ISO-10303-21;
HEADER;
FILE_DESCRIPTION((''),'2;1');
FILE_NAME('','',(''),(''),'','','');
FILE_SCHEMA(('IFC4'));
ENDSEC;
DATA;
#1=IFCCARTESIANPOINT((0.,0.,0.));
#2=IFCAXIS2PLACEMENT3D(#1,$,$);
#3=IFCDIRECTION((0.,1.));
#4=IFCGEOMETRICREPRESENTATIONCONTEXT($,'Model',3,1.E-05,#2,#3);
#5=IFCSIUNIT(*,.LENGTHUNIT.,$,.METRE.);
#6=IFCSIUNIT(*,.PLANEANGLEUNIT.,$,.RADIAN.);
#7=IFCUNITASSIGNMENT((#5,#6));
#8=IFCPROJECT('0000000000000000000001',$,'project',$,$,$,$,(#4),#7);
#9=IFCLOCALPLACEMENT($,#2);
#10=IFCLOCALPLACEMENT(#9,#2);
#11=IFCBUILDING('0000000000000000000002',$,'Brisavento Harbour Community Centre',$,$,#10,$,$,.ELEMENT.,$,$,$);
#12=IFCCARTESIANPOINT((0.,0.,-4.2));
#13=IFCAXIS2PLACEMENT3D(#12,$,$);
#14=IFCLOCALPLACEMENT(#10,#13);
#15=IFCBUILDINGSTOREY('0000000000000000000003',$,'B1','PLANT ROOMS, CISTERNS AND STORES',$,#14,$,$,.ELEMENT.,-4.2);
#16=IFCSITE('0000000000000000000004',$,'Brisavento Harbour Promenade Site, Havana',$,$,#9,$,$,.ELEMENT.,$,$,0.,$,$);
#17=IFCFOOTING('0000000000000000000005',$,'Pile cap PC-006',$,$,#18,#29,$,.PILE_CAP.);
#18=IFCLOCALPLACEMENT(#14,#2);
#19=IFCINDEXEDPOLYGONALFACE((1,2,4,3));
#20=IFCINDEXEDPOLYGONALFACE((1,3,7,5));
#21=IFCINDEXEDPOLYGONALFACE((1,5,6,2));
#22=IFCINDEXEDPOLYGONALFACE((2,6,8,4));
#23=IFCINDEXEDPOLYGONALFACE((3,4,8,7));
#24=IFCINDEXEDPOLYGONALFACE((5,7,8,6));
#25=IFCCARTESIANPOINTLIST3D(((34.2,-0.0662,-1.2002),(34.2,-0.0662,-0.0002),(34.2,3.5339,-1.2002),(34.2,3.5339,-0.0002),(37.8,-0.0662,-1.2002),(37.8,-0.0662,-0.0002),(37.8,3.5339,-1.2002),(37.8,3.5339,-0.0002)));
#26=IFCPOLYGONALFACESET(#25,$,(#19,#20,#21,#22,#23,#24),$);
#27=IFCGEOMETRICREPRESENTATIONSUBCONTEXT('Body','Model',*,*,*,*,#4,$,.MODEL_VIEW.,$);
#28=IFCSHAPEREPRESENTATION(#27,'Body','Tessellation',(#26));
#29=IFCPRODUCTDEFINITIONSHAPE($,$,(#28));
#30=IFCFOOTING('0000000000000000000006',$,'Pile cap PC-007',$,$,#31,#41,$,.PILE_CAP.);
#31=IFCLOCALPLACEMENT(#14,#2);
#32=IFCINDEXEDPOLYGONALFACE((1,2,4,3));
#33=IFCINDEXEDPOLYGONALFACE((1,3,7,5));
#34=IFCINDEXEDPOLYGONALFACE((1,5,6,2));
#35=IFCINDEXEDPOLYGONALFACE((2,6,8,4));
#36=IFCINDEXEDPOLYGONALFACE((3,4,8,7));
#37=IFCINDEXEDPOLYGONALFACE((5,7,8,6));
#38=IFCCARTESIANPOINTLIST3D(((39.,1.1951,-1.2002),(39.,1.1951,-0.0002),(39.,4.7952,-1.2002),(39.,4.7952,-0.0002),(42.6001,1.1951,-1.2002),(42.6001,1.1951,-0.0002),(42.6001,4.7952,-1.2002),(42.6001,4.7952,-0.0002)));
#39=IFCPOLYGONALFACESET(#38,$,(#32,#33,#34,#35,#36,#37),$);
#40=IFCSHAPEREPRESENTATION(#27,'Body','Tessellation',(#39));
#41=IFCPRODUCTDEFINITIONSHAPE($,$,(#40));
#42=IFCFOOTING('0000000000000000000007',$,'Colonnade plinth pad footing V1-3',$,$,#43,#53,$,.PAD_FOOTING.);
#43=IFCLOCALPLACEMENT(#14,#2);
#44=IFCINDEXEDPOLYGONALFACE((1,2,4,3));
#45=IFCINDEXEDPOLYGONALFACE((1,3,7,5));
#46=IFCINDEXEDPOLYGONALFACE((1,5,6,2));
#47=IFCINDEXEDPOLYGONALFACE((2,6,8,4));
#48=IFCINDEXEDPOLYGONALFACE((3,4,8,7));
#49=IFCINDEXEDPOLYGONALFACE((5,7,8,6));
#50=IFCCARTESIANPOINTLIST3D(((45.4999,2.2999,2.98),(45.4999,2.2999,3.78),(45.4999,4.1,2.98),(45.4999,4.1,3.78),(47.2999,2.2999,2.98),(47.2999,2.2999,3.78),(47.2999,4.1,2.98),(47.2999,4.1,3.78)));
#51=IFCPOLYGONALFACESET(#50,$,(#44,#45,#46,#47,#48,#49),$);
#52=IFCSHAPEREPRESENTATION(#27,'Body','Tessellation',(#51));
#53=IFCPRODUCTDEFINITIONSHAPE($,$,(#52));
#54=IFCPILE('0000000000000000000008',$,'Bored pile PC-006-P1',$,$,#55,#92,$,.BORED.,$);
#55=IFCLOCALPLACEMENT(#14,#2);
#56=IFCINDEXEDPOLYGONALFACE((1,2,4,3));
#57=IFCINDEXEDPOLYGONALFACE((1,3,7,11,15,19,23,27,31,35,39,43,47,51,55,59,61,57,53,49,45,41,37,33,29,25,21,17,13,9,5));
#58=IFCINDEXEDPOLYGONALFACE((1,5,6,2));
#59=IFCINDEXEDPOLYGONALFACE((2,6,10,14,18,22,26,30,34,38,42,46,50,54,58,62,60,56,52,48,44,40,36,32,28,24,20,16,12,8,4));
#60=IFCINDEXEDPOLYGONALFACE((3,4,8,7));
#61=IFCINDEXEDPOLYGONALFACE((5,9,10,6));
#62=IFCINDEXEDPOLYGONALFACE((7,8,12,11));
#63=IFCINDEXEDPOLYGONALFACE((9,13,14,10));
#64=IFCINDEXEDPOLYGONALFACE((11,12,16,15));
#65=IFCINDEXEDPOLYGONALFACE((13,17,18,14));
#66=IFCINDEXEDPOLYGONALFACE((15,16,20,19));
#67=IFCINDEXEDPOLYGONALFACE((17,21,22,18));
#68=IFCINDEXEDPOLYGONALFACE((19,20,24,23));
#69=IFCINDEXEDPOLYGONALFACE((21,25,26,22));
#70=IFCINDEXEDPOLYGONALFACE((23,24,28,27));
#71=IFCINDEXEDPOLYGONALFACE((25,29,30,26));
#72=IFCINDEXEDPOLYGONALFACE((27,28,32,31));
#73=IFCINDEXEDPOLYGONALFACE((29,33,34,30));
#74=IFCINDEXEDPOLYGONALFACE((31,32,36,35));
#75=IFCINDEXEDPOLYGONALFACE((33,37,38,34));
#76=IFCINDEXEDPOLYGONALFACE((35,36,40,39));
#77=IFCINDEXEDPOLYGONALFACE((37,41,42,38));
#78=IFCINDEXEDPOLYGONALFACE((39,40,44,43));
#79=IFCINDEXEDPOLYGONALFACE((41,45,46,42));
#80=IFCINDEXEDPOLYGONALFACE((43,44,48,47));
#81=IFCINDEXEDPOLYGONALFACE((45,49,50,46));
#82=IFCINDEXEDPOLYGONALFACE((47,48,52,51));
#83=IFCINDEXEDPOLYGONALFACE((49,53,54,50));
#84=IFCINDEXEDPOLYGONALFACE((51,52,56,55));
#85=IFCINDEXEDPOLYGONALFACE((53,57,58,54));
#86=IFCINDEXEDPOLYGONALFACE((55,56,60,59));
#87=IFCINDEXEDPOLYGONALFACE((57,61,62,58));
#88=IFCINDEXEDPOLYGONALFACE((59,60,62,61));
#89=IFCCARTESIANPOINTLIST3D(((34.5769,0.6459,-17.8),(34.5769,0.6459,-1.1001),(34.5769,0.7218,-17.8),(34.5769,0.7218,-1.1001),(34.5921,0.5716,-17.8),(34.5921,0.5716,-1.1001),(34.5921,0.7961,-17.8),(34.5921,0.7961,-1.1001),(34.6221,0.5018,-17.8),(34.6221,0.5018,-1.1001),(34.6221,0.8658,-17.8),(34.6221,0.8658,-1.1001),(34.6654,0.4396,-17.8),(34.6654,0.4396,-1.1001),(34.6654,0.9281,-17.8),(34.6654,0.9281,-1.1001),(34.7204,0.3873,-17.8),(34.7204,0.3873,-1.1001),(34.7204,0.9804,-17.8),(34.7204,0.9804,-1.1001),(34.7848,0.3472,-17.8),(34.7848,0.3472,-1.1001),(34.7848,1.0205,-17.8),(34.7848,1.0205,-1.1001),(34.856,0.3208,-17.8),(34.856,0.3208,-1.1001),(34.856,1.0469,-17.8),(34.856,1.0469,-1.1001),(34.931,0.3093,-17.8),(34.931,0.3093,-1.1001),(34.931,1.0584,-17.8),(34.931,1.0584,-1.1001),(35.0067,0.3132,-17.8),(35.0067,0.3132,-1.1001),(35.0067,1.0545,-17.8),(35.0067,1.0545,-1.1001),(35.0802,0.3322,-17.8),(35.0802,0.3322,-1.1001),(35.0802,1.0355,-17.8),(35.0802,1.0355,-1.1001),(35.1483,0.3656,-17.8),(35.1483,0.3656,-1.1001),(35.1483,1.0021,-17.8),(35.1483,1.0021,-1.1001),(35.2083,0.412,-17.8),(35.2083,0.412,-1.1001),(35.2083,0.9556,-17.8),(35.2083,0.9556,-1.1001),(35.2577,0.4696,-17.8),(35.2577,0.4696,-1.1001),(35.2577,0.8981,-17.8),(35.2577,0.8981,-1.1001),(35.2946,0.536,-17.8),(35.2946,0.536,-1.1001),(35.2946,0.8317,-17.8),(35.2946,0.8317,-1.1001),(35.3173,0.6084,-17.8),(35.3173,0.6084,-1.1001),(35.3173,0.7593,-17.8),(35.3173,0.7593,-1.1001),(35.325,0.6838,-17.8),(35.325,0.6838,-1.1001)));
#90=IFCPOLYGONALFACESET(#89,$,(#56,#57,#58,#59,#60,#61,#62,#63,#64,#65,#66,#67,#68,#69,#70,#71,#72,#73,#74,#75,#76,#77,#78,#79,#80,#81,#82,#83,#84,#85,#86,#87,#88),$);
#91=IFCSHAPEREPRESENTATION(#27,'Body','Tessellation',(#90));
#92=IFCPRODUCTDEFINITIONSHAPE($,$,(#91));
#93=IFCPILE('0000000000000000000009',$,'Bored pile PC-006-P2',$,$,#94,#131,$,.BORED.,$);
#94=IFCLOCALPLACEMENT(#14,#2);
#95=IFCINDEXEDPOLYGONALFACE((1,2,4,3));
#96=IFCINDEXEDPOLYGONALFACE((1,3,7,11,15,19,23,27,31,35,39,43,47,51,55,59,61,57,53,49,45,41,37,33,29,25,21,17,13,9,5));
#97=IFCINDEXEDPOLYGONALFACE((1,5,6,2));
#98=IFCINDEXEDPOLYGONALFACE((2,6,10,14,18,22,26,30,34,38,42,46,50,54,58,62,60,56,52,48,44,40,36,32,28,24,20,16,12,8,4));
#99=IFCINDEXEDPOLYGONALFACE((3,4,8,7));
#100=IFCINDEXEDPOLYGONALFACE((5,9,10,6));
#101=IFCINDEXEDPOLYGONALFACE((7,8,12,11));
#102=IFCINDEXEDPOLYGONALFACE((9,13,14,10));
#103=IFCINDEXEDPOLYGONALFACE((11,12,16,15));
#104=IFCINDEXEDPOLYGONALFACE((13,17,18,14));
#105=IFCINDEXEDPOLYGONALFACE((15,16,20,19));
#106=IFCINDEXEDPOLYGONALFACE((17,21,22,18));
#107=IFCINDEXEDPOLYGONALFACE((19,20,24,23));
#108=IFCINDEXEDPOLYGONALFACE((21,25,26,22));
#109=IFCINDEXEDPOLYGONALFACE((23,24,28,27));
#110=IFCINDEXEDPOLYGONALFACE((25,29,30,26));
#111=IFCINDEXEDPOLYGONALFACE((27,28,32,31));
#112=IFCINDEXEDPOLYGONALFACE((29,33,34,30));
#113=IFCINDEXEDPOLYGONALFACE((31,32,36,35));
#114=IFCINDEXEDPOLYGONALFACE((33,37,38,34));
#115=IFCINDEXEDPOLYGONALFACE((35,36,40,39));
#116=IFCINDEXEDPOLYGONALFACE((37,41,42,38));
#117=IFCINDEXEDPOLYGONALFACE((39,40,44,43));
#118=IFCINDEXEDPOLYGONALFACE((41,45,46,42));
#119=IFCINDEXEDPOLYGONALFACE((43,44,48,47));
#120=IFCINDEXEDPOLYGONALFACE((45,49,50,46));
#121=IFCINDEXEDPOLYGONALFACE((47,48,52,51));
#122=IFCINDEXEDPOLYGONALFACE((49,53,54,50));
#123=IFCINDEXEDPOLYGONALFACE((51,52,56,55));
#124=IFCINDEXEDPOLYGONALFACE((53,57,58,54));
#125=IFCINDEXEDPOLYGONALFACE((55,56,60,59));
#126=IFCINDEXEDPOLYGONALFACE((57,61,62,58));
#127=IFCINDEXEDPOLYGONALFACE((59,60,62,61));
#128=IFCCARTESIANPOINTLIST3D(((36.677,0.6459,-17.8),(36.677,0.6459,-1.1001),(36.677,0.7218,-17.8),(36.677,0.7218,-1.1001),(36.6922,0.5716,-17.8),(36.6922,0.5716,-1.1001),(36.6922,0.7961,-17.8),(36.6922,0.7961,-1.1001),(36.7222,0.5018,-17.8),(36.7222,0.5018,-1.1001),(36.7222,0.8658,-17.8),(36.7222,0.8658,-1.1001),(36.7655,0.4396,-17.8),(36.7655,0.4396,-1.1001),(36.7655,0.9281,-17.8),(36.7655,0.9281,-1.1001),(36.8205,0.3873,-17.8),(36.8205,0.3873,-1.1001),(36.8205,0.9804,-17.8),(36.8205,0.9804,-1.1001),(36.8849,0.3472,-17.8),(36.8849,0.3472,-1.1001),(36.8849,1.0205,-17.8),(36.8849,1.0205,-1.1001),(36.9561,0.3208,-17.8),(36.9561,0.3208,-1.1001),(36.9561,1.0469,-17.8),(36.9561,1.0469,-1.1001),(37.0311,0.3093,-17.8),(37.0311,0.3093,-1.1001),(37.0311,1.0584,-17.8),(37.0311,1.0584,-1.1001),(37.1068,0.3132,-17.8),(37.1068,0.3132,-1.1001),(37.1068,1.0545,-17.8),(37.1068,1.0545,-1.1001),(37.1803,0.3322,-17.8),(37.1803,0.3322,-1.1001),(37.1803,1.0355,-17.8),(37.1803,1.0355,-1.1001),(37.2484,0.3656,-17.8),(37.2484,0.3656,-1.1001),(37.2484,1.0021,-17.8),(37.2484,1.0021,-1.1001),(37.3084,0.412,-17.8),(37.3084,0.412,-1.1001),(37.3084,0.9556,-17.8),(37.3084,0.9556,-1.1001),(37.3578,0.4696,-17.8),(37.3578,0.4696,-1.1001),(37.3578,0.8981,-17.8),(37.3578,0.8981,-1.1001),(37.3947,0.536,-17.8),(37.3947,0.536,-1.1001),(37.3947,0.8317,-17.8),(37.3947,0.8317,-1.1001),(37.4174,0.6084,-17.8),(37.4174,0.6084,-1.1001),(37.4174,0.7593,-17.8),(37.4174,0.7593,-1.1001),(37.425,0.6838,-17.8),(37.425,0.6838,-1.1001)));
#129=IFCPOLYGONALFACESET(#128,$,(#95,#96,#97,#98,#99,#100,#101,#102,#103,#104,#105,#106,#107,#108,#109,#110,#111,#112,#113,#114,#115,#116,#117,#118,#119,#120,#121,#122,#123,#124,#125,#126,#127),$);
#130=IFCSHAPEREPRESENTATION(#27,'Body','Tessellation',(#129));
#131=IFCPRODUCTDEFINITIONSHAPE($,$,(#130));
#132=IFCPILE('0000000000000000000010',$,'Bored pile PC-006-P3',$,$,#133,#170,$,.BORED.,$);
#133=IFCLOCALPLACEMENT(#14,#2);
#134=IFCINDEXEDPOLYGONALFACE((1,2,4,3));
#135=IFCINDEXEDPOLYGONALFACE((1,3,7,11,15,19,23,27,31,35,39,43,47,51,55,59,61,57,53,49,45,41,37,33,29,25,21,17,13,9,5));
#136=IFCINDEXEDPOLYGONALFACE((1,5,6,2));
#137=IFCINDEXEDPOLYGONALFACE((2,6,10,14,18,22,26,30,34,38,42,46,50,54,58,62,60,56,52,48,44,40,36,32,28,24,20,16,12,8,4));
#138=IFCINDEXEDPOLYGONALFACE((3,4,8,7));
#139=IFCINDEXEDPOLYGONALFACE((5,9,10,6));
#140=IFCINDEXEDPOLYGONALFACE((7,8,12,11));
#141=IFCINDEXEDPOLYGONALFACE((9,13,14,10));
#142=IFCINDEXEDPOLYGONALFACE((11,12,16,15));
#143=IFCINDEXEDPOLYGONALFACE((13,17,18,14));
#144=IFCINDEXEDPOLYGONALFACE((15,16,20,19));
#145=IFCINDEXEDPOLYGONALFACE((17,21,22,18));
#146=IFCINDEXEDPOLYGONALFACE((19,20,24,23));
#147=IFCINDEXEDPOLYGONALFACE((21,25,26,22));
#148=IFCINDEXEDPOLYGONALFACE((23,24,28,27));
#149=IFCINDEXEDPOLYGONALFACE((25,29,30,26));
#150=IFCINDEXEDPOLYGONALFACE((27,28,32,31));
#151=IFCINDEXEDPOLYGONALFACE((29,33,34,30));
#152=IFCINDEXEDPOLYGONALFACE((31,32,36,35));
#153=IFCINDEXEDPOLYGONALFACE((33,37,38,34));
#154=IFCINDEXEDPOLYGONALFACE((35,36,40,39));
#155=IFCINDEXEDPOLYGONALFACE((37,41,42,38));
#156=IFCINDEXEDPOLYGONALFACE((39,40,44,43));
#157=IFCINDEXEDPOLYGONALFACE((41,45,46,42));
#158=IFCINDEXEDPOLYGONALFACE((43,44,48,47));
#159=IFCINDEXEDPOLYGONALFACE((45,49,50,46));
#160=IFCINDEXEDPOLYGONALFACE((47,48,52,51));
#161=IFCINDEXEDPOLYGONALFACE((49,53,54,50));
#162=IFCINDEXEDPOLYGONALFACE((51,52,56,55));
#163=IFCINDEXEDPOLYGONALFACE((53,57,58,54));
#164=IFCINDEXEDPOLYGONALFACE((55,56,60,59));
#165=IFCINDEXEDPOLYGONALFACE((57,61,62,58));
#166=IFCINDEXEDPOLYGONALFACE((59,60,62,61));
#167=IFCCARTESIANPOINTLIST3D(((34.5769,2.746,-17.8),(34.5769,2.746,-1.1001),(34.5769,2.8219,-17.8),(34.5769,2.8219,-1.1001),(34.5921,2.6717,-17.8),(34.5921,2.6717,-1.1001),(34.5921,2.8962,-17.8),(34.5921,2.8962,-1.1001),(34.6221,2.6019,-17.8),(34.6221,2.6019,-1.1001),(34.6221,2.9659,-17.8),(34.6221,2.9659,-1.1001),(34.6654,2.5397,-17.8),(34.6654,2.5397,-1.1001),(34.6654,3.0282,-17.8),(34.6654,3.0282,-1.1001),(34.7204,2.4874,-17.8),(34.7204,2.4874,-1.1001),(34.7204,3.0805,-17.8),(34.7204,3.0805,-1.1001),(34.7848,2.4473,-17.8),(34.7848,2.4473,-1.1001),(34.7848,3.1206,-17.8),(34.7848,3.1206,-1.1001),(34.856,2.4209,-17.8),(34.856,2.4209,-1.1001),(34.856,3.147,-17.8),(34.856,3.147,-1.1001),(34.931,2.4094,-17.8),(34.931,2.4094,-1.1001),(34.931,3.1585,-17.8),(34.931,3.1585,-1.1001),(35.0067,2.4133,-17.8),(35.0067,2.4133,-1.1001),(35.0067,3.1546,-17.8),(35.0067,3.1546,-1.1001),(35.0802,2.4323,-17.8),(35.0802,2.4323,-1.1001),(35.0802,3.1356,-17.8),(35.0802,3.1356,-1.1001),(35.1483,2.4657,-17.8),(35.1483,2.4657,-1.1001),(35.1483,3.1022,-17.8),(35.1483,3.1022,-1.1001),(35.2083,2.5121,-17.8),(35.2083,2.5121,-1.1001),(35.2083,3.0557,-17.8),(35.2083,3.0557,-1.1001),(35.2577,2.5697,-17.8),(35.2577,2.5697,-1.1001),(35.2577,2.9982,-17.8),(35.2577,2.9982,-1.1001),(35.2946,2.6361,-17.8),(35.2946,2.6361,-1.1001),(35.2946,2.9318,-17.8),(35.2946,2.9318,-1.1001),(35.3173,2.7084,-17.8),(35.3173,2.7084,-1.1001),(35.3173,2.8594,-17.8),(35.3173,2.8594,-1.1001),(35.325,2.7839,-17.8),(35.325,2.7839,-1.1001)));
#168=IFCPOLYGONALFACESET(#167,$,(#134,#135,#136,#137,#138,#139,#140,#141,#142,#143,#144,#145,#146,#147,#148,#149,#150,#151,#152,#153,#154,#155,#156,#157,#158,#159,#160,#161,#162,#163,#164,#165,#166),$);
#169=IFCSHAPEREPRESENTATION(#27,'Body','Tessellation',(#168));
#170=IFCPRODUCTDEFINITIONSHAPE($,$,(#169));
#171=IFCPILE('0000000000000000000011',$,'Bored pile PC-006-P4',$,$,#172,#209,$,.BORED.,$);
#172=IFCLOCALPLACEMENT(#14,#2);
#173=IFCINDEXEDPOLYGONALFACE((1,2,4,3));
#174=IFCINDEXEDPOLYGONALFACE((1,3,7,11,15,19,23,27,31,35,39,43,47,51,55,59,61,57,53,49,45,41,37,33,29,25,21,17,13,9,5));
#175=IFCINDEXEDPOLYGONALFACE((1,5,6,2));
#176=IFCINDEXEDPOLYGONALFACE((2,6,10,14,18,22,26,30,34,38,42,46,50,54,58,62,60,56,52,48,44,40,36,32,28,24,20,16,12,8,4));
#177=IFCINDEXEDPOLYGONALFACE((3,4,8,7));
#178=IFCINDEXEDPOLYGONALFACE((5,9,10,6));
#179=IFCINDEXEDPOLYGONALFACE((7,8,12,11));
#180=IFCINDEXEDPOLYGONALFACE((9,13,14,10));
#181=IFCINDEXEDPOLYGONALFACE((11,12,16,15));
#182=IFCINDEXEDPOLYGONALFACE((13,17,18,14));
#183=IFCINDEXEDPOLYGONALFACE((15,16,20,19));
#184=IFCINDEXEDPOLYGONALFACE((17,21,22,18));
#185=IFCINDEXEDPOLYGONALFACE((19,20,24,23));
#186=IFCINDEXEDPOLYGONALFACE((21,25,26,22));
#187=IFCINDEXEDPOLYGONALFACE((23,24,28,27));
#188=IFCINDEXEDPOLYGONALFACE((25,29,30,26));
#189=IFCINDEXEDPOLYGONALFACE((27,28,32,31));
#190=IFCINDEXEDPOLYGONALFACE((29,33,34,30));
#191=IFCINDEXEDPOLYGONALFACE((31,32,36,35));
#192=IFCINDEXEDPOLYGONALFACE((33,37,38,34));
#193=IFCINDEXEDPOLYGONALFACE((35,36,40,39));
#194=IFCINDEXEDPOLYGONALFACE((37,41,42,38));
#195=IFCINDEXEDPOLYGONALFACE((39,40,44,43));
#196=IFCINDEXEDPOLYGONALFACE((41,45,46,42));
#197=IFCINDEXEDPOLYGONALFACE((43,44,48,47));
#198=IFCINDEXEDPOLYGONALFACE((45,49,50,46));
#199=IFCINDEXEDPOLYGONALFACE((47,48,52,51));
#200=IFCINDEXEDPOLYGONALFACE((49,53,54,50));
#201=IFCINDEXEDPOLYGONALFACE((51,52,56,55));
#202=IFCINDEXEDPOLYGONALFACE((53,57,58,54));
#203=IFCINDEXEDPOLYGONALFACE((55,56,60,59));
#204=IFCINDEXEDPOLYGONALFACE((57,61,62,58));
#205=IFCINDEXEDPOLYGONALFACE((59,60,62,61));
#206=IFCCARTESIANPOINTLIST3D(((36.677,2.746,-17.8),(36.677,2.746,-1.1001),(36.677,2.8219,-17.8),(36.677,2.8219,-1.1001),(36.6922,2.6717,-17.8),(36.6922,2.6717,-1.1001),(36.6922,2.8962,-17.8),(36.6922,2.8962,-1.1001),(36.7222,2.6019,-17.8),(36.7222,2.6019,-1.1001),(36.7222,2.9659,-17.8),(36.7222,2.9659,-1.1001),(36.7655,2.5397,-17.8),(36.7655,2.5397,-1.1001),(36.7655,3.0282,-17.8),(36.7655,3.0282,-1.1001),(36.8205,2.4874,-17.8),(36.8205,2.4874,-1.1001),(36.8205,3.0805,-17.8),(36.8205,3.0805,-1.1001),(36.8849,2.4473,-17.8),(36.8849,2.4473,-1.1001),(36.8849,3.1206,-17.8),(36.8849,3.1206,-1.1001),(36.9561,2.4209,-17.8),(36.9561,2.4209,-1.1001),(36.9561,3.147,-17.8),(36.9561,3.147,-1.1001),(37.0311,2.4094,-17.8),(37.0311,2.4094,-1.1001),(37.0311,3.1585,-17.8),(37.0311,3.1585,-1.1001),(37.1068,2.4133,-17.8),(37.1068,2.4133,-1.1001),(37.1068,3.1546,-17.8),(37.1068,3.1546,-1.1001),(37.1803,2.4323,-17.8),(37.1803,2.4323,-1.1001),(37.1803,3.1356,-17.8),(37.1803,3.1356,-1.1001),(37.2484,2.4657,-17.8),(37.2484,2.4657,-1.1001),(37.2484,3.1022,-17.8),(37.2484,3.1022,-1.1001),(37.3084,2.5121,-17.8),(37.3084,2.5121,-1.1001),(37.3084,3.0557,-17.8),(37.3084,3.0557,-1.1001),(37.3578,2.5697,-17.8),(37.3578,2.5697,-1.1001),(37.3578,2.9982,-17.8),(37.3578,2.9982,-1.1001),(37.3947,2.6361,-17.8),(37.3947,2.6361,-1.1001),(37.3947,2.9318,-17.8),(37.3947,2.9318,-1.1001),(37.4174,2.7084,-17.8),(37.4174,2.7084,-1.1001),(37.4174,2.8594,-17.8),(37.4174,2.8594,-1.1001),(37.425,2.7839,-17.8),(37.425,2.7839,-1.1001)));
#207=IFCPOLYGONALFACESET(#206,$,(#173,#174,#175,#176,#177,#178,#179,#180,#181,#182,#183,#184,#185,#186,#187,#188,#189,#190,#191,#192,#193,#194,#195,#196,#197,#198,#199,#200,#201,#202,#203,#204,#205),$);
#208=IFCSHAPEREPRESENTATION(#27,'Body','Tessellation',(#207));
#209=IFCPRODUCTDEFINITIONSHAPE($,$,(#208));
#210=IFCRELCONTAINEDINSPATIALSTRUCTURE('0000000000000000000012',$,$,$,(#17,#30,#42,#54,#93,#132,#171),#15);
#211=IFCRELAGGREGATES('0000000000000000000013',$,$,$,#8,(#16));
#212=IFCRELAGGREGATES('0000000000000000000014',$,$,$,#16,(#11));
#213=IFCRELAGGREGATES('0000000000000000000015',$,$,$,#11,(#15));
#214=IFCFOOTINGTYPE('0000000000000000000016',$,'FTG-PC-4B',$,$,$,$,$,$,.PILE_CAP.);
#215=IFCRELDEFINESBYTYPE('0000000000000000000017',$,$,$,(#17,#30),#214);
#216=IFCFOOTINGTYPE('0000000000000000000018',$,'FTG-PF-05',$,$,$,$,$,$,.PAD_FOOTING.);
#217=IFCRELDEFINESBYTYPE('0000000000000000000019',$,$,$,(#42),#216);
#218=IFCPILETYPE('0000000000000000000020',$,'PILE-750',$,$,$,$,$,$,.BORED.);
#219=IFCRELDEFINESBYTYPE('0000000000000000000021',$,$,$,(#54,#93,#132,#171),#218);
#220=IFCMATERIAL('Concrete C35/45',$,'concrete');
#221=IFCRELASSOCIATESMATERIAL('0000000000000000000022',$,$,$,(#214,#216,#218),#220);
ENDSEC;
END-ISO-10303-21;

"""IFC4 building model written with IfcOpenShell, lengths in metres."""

from ifc_helpers import new_model, si_unit, direction, frame, origin, origin_2d, place, context, subcontext, project, spatial, rectangle, circle, extrude, material, material_profile, profile_set, type_object, element, save


model = new_model("IFC4")

# Units and contexts
model_context = context("Model", 3, precision=1e-05, world=origin(), true_north=direction((0.0, 1.0)))
body_context = subcontext(model_context, "Body", "Model", "MODEL_VIEW")
ifc_project = project(units=[si_unit("LENGTHUNIT", "METRE"), si_unit("PLANEANGLEUNIT", "RADIAN")], contexts=[model_context])

# Site, building, storey
site_placement = place(None, origin())
site = spatial("IfcSite", under=ifc_project, at=site_placement, Name="Brisavento Harbour Promenade Site, Havana", CompositionType="ELEMENT", RefElevation=0.0)
building_placement = place(site_placement, origin())
building = spatial("IfcBuilding", under=site, at=building_placement, Name="Brisavento Harbour Community Centre", CompositionType="ELEMENT")
storey_placement = place(building_placement, frame((0.0, 0.0, -4.2)))
storey = spatial("IfcBuildingStorey", under=building, at=storey_placement, Name="B1", Description="PLANT ROOMS, CISTERNS AND STORES", CompositionType="ELEMENT", Elevation=-4.2)

# Footings
ifc_material_1 = material(Name="Concrete C35/45", Category="concrete")
footing_type_1 = type_object("IfcFootingType", Name="FTG-PC-4B", PredefinedType="PILE_CAP", material=ifc_material_1)
for number, where, z_axis, x_axis, name in (
    (1, (36.0, 1.7339, -1.2002), (0.0, 0.0, 1.0), (1.0, 0.0, 0.0), "Pile cap PC-006"),
    (2, (40.8, 2.9951, -1.2002), (0.0, 0.0, 1.0), (1.0, 0.0, 0.0), "Pile cap PC-007"),
):
    element("IfcFooting", number, at=place(storey_placement, frame(where, z_axis=z_axis, x_axis=x_axis)), inside=storey, type_object=footing_type_1, Name=name, PredefinedType="PILE_CAP", context=body_context, shape_type="SweptSolid", body=[
        extrude(rectangle(XDim=3.6001, YDim=3.6001, at=origin_2d()), origin(), (0.0, 0.0, 1.0), 1.2),
    ])
footing_type_2 = type_object("IfcFootingType", Name="FTG-PF-05", PredefinedType="PAD_FOOTING", material=ifc_material_1)
footing_placement = place(storey_placement, frame((46.3999, 3.2, 2.98), z_axis=(0.0, 0.0, 1.0), x_axis=(1.0, 0.0, 0.0)))
element("IfcFooting", 3, at=footing_placement, inside=storey, type_object=footing_type_2, Name="Colonnade plinth pad footing V1-3", PredefinedType="PAD_FOOTING", context=body_context, shape_type="SweptSolid", body=[
    extrude(rectangle(XDim=1.8, YDim=1.8, at=origin_2d()), origin(), (0.0, 0.0, 1.0), 0.8),
])

# Piles
ifc_material_profile_1 = material_profile(ifc_material_1, circle(Radius=0.375, at=origin_2d()), Name="Concrete C35/45")
ifc_profile_set_1 = profile_set([ifc_material_profile_1], Name="Concrete C35/45")
pile_type = type_object("IfcPileType", Name="PILE-750", PredefinedType="BORED", material=ifc_profile_set_1)
for number, where, z_axis, x_axis, name in (
    (4, (34.95, 0.6838, -1.1001), (0.0, 0.0, -1.0), (1.0, 0.0, 0.0), "Bored pile PC-006-P1"),
    (5, (37.05, 0.6838, -1.1001), (0.0, 0.0, -1.0), (1.0, 0.0, 0.0), "Bored pile PC-006-P2"),
    (6, (34.95, 2.7839, -1.1001), (0.0, 0.0, -1.0), (1.0, 0.0, 0.0), "Bored pile PC-006-P3"),
    (7, (37.05, 2.7839, -1.1001), (0.0, 0.0, -1.0), (1.0, 0.0, 0.0), "Bored pile PC-006-P4"),
):
    element("IfcPile", number, at=place(storey_placement, frame(where, z_axis=z_axis, x_axis=x_axis)), inside=storey, type_object=pile_type, Name=name, PredefinedType="BORED", context=body_context, shape_type="SweptSolid", body=[
        extrude(circle(Radius=0.375, at=origin_2d()), origin(), (0.0, 0.0, 1.0), 16.7),
    ])

save(model, "model.ifc")
